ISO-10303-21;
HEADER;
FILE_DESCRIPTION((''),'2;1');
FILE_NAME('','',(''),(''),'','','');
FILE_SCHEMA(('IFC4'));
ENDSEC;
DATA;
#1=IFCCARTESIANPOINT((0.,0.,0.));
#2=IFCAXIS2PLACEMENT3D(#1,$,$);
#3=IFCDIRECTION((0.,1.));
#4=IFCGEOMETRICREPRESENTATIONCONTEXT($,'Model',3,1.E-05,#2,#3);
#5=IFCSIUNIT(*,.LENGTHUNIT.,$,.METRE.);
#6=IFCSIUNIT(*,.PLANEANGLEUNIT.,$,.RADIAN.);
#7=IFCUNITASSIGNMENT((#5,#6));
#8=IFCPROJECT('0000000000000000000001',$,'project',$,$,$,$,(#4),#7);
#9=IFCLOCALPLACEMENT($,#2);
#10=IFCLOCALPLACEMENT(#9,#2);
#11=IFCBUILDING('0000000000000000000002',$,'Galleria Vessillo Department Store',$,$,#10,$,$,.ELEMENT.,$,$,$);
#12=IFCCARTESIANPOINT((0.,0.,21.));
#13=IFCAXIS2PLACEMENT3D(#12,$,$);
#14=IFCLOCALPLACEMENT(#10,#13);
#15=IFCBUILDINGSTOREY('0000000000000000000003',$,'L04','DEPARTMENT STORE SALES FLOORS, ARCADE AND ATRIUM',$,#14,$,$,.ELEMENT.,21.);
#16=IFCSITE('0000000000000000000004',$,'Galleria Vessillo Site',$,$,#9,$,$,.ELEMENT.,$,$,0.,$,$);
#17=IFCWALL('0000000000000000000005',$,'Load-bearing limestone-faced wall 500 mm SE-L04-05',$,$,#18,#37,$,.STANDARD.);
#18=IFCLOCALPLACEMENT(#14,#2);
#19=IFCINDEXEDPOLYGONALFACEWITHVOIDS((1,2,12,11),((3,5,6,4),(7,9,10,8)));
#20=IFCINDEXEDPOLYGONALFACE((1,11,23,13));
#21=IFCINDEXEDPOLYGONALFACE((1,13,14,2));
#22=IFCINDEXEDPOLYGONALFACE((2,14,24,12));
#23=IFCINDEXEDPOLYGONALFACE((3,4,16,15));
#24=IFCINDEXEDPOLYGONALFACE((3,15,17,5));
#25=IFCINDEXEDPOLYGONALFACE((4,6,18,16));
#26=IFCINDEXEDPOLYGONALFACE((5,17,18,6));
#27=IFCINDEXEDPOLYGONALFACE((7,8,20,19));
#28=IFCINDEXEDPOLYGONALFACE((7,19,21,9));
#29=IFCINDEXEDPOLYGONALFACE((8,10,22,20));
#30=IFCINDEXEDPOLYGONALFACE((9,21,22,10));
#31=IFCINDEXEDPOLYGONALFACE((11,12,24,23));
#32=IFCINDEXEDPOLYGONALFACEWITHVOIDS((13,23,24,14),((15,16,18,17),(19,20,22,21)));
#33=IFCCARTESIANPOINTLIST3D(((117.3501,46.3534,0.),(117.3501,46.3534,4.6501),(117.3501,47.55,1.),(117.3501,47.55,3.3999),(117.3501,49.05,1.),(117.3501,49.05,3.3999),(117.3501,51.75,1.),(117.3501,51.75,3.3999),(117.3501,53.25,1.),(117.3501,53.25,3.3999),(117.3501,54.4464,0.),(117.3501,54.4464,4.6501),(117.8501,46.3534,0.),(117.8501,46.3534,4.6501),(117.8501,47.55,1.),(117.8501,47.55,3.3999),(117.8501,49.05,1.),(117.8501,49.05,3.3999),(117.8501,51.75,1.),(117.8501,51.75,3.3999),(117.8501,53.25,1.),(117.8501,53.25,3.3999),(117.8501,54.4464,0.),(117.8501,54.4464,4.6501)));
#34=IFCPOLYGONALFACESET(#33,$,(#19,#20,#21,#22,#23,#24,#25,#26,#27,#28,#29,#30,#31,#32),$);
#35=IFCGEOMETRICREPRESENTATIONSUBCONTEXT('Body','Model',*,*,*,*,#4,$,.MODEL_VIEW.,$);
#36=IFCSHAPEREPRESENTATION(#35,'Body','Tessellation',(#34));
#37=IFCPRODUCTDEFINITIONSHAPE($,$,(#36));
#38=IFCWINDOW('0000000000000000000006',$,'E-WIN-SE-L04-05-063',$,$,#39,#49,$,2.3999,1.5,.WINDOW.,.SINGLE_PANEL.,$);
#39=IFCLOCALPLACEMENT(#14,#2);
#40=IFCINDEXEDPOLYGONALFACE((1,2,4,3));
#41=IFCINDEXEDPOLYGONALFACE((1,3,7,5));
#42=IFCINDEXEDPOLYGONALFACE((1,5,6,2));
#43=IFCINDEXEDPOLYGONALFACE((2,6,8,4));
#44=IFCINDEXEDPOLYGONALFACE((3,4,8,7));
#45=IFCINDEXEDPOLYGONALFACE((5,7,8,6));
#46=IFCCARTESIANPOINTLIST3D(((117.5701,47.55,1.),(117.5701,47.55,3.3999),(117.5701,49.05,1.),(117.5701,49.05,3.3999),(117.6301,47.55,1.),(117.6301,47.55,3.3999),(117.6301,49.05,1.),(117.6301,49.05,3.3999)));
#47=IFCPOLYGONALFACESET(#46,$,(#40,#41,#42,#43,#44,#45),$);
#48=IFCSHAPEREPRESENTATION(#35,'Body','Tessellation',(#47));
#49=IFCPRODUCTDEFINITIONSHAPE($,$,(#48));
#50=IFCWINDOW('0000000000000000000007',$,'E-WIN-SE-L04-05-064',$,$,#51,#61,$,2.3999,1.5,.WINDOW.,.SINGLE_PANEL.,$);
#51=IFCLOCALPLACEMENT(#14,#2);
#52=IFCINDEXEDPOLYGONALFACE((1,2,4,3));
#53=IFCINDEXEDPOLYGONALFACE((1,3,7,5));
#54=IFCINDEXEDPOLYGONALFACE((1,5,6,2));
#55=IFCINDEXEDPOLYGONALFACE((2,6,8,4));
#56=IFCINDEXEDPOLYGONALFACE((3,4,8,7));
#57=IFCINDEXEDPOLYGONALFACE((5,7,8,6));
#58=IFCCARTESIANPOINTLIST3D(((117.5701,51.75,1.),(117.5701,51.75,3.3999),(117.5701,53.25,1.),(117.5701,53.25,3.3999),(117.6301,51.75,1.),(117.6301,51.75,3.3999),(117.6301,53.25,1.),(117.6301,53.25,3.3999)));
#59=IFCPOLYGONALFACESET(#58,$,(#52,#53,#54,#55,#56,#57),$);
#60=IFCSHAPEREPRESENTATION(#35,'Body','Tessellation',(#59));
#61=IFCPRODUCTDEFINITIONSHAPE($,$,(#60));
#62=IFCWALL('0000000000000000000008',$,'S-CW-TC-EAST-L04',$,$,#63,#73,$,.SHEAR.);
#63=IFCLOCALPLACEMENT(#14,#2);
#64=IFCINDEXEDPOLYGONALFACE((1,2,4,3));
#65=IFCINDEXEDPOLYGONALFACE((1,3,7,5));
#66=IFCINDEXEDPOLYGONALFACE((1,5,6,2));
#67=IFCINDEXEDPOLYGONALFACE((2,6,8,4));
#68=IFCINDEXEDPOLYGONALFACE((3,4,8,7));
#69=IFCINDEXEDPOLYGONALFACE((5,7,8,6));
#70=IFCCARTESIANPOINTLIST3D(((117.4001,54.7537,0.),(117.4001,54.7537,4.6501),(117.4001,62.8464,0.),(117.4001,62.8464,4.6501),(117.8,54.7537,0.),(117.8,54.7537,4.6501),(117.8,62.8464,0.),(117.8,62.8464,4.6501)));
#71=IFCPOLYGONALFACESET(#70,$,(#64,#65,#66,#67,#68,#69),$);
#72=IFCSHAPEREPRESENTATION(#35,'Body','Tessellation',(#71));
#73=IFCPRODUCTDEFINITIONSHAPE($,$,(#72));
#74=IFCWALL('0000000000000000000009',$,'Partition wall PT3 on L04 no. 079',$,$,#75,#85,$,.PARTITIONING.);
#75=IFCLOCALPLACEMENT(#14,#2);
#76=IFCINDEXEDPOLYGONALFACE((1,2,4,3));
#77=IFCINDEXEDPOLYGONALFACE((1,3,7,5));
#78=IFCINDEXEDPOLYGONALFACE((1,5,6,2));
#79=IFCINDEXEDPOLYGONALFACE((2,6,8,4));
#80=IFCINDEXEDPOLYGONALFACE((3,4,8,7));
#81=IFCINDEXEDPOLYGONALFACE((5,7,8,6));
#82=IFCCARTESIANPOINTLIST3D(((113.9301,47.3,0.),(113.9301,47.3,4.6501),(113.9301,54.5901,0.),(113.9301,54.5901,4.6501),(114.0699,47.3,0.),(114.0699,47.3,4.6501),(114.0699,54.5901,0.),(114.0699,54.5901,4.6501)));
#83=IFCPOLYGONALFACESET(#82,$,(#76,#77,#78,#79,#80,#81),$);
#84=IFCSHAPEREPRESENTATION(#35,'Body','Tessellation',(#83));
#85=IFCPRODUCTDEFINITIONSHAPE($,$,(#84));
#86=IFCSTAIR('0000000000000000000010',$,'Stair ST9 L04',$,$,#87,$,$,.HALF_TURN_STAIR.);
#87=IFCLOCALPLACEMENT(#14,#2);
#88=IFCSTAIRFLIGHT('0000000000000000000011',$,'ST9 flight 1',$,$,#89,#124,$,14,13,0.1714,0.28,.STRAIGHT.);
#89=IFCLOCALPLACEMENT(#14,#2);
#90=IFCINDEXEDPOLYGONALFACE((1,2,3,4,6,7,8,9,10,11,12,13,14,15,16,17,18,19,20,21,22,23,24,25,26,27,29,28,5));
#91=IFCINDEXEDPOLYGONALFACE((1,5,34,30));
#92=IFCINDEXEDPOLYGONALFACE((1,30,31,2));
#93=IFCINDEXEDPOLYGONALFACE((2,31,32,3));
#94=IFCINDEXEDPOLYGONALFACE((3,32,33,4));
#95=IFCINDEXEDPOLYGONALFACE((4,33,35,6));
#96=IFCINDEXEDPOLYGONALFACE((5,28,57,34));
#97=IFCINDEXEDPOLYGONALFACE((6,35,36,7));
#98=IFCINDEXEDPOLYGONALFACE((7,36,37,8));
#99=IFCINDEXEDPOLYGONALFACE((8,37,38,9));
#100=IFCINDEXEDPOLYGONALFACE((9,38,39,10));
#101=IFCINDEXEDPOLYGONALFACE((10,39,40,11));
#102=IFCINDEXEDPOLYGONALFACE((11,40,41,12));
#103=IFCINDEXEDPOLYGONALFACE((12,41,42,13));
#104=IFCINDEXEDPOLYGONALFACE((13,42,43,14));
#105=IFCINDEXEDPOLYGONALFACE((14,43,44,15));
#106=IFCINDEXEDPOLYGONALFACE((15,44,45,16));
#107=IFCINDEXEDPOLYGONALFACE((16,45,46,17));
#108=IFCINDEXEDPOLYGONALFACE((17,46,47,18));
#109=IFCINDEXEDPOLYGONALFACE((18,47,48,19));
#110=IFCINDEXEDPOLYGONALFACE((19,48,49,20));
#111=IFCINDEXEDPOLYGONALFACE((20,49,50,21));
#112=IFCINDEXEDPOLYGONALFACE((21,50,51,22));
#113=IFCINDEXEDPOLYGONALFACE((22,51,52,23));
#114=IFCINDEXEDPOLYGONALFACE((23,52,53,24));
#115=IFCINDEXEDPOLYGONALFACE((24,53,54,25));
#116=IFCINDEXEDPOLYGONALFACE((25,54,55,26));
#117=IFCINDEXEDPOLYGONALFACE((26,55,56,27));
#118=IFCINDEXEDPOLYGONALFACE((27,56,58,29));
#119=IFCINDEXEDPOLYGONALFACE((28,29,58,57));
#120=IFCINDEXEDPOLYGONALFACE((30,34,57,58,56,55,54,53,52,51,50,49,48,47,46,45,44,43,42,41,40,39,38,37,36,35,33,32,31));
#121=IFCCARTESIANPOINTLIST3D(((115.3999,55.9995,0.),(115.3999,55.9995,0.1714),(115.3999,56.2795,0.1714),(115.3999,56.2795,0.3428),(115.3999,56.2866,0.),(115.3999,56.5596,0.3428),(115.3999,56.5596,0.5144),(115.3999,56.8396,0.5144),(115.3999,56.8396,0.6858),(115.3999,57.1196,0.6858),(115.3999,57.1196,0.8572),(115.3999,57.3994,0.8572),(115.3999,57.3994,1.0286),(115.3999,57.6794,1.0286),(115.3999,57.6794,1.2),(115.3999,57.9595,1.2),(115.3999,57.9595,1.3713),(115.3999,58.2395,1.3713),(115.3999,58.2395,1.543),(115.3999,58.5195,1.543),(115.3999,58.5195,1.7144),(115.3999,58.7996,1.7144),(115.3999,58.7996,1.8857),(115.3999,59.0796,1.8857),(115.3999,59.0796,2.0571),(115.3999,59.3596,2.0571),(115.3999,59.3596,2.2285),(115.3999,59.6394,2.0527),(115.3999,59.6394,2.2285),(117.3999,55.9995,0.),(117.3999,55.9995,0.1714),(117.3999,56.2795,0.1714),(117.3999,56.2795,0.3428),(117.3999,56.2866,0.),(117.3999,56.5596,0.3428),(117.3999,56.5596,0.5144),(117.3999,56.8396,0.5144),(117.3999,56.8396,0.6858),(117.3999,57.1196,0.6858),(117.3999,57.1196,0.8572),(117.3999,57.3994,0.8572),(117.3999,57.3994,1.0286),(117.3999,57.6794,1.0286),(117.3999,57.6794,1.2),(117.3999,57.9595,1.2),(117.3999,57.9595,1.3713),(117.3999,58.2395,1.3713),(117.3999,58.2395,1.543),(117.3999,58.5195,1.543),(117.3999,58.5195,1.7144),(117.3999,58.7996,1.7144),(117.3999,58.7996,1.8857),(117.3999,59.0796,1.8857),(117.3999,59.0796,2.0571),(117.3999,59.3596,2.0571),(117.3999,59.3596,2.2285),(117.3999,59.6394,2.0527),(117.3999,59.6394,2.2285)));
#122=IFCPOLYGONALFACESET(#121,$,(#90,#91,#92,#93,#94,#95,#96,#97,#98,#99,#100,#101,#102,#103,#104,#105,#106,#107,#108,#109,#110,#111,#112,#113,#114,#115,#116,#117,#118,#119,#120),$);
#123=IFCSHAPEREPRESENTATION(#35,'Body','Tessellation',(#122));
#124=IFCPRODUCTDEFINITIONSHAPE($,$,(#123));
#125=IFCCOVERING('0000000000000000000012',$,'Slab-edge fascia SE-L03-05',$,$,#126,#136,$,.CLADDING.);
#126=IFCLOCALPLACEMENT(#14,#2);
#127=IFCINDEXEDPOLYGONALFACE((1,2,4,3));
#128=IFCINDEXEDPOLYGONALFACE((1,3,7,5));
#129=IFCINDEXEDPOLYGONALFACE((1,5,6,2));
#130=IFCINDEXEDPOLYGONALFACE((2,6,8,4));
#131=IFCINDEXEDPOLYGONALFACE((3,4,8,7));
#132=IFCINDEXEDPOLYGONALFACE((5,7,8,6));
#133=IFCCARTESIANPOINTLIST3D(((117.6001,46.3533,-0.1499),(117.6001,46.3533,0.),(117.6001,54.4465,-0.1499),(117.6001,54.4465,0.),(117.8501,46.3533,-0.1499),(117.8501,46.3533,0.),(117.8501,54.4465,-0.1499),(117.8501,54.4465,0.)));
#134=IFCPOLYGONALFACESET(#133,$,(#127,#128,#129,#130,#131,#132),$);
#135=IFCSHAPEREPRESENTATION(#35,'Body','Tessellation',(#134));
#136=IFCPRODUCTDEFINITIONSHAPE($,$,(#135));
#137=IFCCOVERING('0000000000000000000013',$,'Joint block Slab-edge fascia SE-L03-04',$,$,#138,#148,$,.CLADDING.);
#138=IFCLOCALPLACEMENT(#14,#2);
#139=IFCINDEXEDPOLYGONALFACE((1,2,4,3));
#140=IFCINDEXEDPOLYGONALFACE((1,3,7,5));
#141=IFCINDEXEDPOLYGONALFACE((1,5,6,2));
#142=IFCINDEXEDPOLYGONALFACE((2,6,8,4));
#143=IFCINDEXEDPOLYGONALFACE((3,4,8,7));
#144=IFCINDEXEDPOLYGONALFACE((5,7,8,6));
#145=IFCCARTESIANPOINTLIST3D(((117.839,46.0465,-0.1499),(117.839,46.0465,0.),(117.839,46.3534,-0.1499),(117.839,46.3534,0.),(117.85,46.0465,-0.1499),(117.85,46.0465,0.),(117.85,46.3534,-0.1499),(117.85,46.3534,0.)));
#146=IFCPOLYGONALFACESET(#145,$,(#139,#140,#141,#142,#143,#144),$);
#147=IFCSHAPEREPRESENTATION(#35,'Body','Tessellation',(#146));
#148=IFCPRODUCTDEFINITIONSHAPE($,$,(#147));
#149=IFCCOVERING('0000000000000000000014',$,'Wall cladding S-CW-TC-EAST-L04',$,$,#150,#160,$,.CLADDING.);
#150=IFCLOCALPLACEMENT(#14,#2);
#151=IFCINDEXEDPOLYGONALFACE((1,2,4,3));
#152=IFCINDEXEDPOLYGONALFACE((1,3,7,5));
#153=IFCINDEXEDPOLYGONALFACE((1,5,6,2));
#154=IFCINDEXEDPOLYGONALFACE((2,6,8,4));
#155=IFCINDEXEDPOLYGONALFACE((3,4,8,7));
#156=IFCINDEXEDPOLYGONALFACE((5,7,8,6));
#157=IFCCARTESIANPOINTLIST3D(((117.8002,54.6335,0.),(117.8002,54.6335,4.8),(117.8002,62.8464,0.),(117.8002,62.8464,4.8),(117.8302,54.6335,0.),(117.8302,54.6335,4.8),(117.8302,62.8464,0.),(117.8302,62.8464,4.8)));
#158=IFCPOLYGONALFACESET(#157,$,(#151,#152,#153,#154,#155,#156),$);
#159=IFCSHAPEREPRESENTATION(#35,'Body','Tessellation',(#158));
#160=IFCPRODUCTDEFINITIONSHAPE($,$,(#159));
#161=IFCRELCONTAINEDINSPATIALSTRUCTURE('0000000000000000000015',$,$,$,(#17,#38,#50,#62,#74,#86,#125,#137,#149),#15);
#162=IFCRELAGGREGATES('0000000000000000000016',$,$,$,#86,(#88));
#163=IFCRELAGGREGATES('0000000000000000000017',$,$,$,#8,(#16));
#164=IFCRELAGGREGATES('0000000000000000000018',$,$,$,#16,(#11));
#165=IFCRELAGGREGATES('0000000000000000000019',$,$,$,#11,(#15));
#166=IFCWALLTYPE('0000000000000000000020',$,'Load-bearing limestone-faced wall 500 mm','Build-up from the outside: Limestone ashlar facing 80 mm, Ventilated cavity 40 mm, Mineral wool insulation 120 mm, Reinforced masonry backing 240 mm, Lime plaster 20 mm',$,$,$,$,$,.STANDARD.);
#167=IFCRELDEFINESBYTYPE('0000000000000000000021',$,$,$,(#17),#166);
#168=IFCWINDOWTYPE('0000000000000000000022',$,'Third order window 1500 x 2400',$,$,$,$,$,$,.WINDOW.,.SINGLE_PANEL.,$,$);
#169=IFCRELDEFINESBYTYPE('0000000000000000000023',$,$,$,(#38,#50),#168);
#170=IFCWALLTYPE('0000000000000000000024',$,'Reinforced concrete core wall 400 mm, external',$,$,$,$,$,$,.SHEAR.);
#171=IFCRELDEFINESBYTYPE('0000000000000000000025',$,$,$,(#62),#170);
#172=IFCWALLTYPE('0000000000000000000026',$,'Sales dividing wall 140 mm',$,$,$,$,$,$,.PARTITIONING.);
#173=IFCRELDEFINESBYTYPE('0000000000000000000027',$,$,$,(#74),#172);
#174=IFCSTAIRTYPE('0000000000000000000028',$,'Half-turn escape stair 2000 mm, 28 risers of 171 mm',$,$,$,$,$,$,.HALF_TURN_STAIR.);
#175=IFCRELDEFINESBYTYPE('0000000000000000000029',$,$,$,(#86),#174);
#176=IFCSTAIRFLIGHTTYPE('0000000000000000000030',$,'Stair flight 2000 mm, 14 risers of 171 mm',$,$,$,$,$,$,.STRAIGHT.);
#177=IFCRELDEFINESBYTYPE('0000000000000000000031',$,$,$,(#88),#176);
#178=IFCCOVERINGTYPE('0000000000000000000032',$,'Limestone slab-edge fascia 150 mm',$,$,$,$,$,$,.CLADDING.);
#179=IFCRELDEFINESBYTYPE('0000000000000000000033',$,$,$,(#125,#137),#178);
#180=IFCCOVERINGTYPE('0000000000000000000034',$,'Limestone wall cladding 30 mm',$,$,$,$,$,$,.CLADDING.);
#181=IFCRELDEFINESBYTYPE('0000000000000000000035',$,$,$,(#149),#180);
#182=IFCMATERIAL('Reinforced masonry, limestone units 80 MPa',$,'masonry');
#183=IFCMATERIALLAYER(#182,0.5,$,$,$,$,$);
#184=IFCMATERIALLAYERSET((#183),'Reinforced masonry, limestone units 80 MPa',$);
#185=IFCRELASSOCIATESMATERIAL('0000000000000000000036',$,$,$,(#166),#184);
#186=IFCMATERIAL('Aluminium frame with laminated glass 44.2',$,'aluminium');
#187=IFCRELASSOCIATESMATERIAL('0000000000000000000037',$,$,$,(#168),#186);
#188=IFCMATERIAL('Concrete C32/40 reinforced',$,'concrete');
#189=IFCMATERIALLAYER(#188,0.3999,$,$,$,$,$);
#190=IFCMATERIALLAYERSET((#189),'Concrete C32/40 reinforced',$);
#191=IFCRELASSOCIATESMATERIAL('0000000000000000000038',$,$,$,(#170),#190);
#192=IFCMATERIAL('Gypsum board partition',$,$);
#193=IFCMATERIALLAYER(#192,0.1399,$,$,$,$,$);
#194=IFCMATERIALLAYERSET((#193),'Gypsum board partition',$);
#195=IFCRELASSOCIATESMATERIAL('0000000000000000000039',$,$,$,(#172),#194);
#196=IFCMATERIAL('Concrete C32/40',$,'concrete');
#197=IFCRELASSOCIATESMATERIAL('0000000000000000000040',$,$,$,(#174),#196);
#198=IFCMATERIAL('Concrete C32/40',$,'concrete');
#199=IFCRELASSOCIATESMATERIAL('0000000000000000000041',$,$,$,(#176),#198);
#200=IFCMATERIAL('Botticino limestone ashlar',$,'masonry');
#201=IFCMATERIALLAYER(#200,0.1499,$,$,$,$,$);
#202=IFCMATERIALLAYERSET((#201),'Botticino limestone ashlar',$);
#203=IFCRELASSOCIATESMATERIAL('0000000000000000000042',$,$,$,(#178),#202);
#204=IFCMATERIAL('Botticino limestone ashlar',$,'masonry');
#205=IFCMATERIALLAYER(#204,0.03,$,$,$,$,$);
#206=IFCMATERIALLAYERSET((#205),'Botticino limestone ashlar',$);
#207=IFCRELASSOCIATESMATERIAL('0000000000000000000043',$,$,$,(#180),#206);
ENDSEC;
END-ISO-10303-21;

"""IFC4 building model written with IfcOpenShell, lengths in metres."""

from ifc_helpers import new_model, si_unit, direction, frame, frame_2d, origin, origin_2d, place, context, subcontext, project, spatial, polyline, rectangle, outline, extrude, material, layer, layer_set, type_object, element, fill, aggregate, save


model = new_model("IFC4")

# Units and contexts
model_context = context("Model", 3, precision=1e-05, world=origin(), true_north=direction((0.0, 1.0)))
body_context = subcontext(model_context, "Body", "Model", "MODEL_VIEW")
ifc_project = project(units=[si_unit("LENGTHUNIT", "METRE"), si_unit("PLANEANGLEUNIT", "RADIAN")], contexts=[model_context])

# Site, building, storey
site_placement = place(None, origin())
site = spatial("IfcSite", under=ifc_project, at=site_placement, Name="Galleria Vessillo Site", CompositionType="ELEMENT", RefElevation=0.0)
building_placement = place(site_placement, origin())
building = spatial("IfcBuilding", under=site, at=building_placement, Name="Galleria Vessillo Department Store", CompositionType="ELEMENT")
storey_placement = place(building_placement, frame((0.0, 0.0, 21.0)))
storey = spatial("IfcBuildingStorey", under=building, at=storey_placement, Name="L04", Description="DEPARTMENT STORE SALES FLOORS, ARCADE AND ATRIUM", CompositionType="ELEMENT", Elevation=21.0)

# Wall, openings, windows
ifc_material_1 = material(Name="Reinforced masonry, limestone units 80 MPa", Category="masonry")
ifc_layer_1 = layer(ifc_material_1, 0.5)
ifc_layer_set_1 = layer_set([ifc_layer_1], Name="Reinforced masonry, limestone units 80 MPa")
wall_type_1 = type_object("IfcWallType", Name="Load-bearing limestone-faced wall 500 mm", Description="Build-up from the outside: Limestone ashlar facing 80 mm, Ventilated cavity 40 mm, Mineral wool insulation 120 mm, Reinforced masonry backing 240 mm, Lime plaster 20 mm", PredefinedType="STANDARD", material=ifc_layer_set_1)
wall_1_placement = place(storey_placement, frame((117.6001, 46.3535, 0.0), z_axis=(0.0, 0.0, 1.0), x_axis=(0.0, 1.0, 0.0)))
wall_1 = element("IfcWall", 1, at=wall_1_placement, inside=storey, type_object=wall_type_1, Name="Load-bearing limestone-faced wall 500 mm SE-L04-05", PredefinedType="STANDARD", context=body_context, shape_type="SweptSolid", body=[
    extrude(rectangle(XDim=8.093, YDim=0.5, at=frame_2d((4.0464, 0.0))), origin(), (0.0, 0.0, 1.0), 4.6501),
])
opening_1_placement = place(wall_1_placement, frame((1.1965, 0.0, 1.0)))
opening_1 = element("IfcOpeningElement", 2, at=opening_1_placement, cuts=wall_1, PredefinedType="OPENING", context=body_context, shape_type="SweptSolid", body=[
    extrude(rectangle(XDim=1.5, YDim=2.3999, at=frame_2d((0.75, 1.2))), frame((0.0, 0.26, 0.0), z_axis=(0.0, -1.0, 0.0), x_axis=(1.0, 0.0, 0.0)), (0.0, 0.0, 1.0), 0.52),
])
opening_2_placement = place(wall_1_placement, frame((5.3965, 0.0, 1.0)))
opening_2 = element("IfcOpeningElement", 3, at=opening_2_placement, cuts=wall_1, PredefinedType="OPENING", context=body_context, shape_type="SweptSolid", body=[
    extrude(rectangle(XDim=1.5, YDim=2.3999, at=frame_2d((0.75, 1.2))), frame((0.0, 0.26, 0.0), z_axis=(0.0, -1.0, 0.0), x_axis=(1.0, 0.0, 0.0)), (0.0, 0.0, 1.0), 0.52),
])
ifc_material_2 = material(Name="Aluminium frame with laminated glass 44.2", Category="aluminium")
window_type = type_object("IfcWindowType", Name="Third order window 1500 x 2400", PartitioningType="SINGLE_PANEL", PredefinedType="WINDOW", material=ifc_material_2)
window_1_placement = place(opening_1_placement, origin())
window_1 = element("IfcWindow", 4, at=window_1_placement, inside=storey, type_object=window_type, Name="E-WIN-SE-L04-05-063", OverallHeight=2.3999, OverallWidth=1.5, PartitioningType="SINGLE_PANEL", PredefinedType="WINDOW", context=body_context, shape_type="SweptSolid", body=[
    extrude(rectangle(XDim=1.5, YDim=2.3999, at=frame_2d((0.75, 1.2))), frame((0.0, 0.03, 0.0), z_axis=(0.0, -1.0, 0.0), x_axis=(1.0, 0.0, 0.0)), (0.0, 0.0, 1.0), 0.0601),
])
fill(opening_1, window_1)
window_2_placement = place(opening_2_placement, origin())
window_2 = element("IfcWindow", 5, at=window_2_placement, inside=storey, type_object=window_type, Name="E-WIN-SE-L04-05-064", OverallHeight=2.3999, OverallWidth=1.5, PartitioningType="SINGLE_PANEL", PredefinedType="WINDOW", context=body_context, shape_type="SweptSolid", body=[
    extrude(rectangle(XDim=1.5, YDim=2.3999, at=frame_2d((0.75, 1.2))), frame((0.0, 0.03, 0.0), z_axis=(0.0, -1.0, 0.0), x_axis=(1.0, 0.0, 0.0)), (0.0, 0.0, 1.0), 0.0601),
])
fill(opening_2, window_2)

# Walls
ifc_material_3 = material(Name="Concrete C32/40 reinforced", Category="concrete")
ifc_layer_2 = layer(ifc_material_3, 0.3999)
ifc_layer_set_2 = layer_set([ifc_layer_2], Name="Concrete C32/40 reinforced")
wall_type_2 = type_object("IfcWallType", Name="Reinforced concrete core wall 400 mm, external", PredefinedType="SHEAR", material=ifc_layer_set_2)
wall_2_placement = place(storey_placement, frame((117.6001, 54.7537, 0.0), z_axis=(0.0, 0.0, 1.0), x_axis=(0.0, 1.0, 0.0)))
element("IfcWall", 6, at=wall_2_placement, inside=storey, type_object=wall_type_2, Name="S-CW-TC-EAST-L04", PredefinedType="SHEAR", context=body_context, shape_type="SweptSolid", body=[
    extrude(rectangle(XDim=8.0928, YDim=0.3999, at=frame_2d((4.0464, 0.0))), origin(), (0.0, 0.0, 1.0), 4.6501),
])
ifc_material_4 = material(Name="Gypsum board partition")
ifc_layer_3 = layer(ifc_material_4, 0.1399)
ifc_layer_set_3 = layer_set([ifc_layer_3], Name="Gypsum board partition")
wall_type_3 = type_object("IfcWallType", Name="Sales dividing wall 140 mm", PredefinedType="PARTITIONING", material=ifc_layer_set_3)
wall_3_placement = place(storey_placement, frame((114.0, 47.3, 0.0), z_axis=(0.0, 0.0, 1.0), x_axis=(0.0, 1.0, 0.0)))
element("IfcWall", 7, at=wall_3_placement, inside=storey, type_object=wall_type_3, Name="Partition wall PT3 on L04 no. 079", PredefinedType="PARTITIONING", context=body_context, shape_type="SweptSolid", body=[
    extrude(rectangle(XDim=7.29, YDim=0.1399, at=frame_2d((3.645, 0.0))), origin(), (0.0, 0.0, 1.0), 4.6501),
])

# Stair, stair flight
ifc_material_5 = material(Name="Concrete C32/40", Category="concrete")
stair_type = type_object("IfcStairType", Name="Half-turn escape stair 2000 mm, 28 risers of 171 mm", PredefinedType="HALF_TURN_STAIR", material=ifc_material_5)
stair_placement = place(storey_placement, origin())
stair = element("IfcStair", 8, at=stair_placement, inside=storey, type_object=stair_type, Name="Stair ST9 L04", PredefinedType="HALF_TURN_STAIR")
ifc_material_6 = material(Name="Concrete C32/40", Category="concrete")
stair_flight_type = type_object("IfcStairFlightType", Name="Stair flight 2000 mm, 14 risers of 171 mm", PredefinedType="STRAIGHT", material=ifc_material_6)
stair_flight_placement = place(storey_placement, frame((116.3999, 55.9995, 0.0), z_axis=(0.0, 0.0, 1.0), x_axis=(0.0, 1.0, 0.0)))
stair_flight = element("IfcStairFlight", 9, at=stair_flight_placement, type_object=stair_flight_type, Name="ST9 flight 1", NumberOfRisers=14, NumberOfTreads=13, PredefinedType="STRAIGHT", RiserHeight=0.1714, TreadLength=0.28, context=body_context, shape_type="SweptSolid", body=[
    extrude(outline(polyline([(0.0, 0.0), (0.0, 0.1714), (0.28, 0.1714), (0.28, 0.3428), (0.5601, 0.3428), (0.5601, 0.5144), (0.8401, 0.5144), (0.8401, 0.6858), (1.1201, 0.6858), (1.1201, 0.8572), (1.3999, 0.8572), (1.3999, 1.0286), (1.6799, 1.0286), (1.6799, 1.2), (1.96, 1.2), (1.96, 1.3713), (2.24, 1.3713), (2.24, 1.543), (2.52, 1.543), (2.52, 1.7144), (2.8, 1.7144), (2.8, 1.8857), (3.0801, 1.8857), (3.0801, 2.0571), (3.3601, 2.0571), (3.3601, 2.2285), (3.6399, 2.2285), (3.6399, 2.3999), (3.6399, 2.0527), (0.2871, 0.0), (0.0, 0.0)])), frame((0.0, 1.0, 0.0), z_axis=(0.0, -1.0, 0.0), x_axis=(1.0, 0.0, 0.0)), (0.0, 0.0, 1.0), 2.0),
])
aggregate(stair, [stair_flight])

# Coverings
ifc_material_7 = material(Name="Botticino limestone ashlar", Category="masonry")
ifc_layer_4 = layer(ifc_material_7, 0.1499)
ifc_layer_set_4 = layer_set([ifc_layer_4], Name="Botticino limestone ashlar")
covering_type_1 = type_object("IfcCoveringType", Name="Limestone slab-edge fascia 150 mm", PredefinedType="CLADDING", material=ifc_layer_set_4)
covering_1_placement = place(storey_placement, frame((117.7251, 50.3999, -0.1499), z_axis=(0.0, 0.0, 1.0), x_axis=(1.0, 0.0, 0.0)))
element("IfcCovering", 10, at=covering_1_placement, inside=storey, type_object=covering_type_1, Name="Slab-edge fascia SE-L03-05", PredefinedType="CLADDING", context=body_context, shape_type="SweptSolid", body=[
    extrude(rectangle(XDim=0.25, YDim=8.0933, at=origin_2d()), origin(), (0.0, 0.0, 1.0), 0.1499),
])
covering_2_placement = place(storey_placement, frame((117.8445, 46.2, -0.1499), z_axis=(0.0, 0.0, 1.0), x_axis=(1.0, 0.0, 0.0)))
element("IfcCovering", 11, at=covering_2_placement, inside=storey, type_object=covering_type_1, Name="Joint block Slab-edge fascia SE-L03-04", PredefinedType="CLADDING", context=body_context, shape_type="SweptSolid", body=[
    extrude(rectangle(XDim=0.011, YDim=0.3069, at=origin_2d()), origin(), (0.0, 0.0, 1.0), 0.1499),
])
ifc_material_8 = material(Name="Botticino limestone ashlar", Category="masonry")
ifc_layer_5 = layer(ifc_material_8, 0.03)
ifc_layer_set_5 = layer_set([ifc_layer_5], Name="Botticino limestone ashlar")
covering_type_2 = type_object("IfcCoveringType", Name="Limestone wall cladding 30 mm", PredefinedType="CLADDING", material=ifc_layer_set_5)
covering_3_placement = place(storey_placement, frame((117.8152, 58.74, 0.0), z_axis=(0.0, 0.0, 1.0), x_axis=(1.0, 0.0, 0.0)))
element("IfcCovering", 12, at=covering_3_placement, inside=storey, type_object=covering_type_2, Name="Wall cladding S-CW-TC-EAST-L04", PredefinedType="CLADDING", context=body_context, shape_type="SweptSolid", body=[
    extrude(rectangle(XDim=0.03, YDim=8.2129, at=origin_2d()), origin(), (0.0, 0.0, 1.0), 4.8),
])

save(model, "model.ifc")
